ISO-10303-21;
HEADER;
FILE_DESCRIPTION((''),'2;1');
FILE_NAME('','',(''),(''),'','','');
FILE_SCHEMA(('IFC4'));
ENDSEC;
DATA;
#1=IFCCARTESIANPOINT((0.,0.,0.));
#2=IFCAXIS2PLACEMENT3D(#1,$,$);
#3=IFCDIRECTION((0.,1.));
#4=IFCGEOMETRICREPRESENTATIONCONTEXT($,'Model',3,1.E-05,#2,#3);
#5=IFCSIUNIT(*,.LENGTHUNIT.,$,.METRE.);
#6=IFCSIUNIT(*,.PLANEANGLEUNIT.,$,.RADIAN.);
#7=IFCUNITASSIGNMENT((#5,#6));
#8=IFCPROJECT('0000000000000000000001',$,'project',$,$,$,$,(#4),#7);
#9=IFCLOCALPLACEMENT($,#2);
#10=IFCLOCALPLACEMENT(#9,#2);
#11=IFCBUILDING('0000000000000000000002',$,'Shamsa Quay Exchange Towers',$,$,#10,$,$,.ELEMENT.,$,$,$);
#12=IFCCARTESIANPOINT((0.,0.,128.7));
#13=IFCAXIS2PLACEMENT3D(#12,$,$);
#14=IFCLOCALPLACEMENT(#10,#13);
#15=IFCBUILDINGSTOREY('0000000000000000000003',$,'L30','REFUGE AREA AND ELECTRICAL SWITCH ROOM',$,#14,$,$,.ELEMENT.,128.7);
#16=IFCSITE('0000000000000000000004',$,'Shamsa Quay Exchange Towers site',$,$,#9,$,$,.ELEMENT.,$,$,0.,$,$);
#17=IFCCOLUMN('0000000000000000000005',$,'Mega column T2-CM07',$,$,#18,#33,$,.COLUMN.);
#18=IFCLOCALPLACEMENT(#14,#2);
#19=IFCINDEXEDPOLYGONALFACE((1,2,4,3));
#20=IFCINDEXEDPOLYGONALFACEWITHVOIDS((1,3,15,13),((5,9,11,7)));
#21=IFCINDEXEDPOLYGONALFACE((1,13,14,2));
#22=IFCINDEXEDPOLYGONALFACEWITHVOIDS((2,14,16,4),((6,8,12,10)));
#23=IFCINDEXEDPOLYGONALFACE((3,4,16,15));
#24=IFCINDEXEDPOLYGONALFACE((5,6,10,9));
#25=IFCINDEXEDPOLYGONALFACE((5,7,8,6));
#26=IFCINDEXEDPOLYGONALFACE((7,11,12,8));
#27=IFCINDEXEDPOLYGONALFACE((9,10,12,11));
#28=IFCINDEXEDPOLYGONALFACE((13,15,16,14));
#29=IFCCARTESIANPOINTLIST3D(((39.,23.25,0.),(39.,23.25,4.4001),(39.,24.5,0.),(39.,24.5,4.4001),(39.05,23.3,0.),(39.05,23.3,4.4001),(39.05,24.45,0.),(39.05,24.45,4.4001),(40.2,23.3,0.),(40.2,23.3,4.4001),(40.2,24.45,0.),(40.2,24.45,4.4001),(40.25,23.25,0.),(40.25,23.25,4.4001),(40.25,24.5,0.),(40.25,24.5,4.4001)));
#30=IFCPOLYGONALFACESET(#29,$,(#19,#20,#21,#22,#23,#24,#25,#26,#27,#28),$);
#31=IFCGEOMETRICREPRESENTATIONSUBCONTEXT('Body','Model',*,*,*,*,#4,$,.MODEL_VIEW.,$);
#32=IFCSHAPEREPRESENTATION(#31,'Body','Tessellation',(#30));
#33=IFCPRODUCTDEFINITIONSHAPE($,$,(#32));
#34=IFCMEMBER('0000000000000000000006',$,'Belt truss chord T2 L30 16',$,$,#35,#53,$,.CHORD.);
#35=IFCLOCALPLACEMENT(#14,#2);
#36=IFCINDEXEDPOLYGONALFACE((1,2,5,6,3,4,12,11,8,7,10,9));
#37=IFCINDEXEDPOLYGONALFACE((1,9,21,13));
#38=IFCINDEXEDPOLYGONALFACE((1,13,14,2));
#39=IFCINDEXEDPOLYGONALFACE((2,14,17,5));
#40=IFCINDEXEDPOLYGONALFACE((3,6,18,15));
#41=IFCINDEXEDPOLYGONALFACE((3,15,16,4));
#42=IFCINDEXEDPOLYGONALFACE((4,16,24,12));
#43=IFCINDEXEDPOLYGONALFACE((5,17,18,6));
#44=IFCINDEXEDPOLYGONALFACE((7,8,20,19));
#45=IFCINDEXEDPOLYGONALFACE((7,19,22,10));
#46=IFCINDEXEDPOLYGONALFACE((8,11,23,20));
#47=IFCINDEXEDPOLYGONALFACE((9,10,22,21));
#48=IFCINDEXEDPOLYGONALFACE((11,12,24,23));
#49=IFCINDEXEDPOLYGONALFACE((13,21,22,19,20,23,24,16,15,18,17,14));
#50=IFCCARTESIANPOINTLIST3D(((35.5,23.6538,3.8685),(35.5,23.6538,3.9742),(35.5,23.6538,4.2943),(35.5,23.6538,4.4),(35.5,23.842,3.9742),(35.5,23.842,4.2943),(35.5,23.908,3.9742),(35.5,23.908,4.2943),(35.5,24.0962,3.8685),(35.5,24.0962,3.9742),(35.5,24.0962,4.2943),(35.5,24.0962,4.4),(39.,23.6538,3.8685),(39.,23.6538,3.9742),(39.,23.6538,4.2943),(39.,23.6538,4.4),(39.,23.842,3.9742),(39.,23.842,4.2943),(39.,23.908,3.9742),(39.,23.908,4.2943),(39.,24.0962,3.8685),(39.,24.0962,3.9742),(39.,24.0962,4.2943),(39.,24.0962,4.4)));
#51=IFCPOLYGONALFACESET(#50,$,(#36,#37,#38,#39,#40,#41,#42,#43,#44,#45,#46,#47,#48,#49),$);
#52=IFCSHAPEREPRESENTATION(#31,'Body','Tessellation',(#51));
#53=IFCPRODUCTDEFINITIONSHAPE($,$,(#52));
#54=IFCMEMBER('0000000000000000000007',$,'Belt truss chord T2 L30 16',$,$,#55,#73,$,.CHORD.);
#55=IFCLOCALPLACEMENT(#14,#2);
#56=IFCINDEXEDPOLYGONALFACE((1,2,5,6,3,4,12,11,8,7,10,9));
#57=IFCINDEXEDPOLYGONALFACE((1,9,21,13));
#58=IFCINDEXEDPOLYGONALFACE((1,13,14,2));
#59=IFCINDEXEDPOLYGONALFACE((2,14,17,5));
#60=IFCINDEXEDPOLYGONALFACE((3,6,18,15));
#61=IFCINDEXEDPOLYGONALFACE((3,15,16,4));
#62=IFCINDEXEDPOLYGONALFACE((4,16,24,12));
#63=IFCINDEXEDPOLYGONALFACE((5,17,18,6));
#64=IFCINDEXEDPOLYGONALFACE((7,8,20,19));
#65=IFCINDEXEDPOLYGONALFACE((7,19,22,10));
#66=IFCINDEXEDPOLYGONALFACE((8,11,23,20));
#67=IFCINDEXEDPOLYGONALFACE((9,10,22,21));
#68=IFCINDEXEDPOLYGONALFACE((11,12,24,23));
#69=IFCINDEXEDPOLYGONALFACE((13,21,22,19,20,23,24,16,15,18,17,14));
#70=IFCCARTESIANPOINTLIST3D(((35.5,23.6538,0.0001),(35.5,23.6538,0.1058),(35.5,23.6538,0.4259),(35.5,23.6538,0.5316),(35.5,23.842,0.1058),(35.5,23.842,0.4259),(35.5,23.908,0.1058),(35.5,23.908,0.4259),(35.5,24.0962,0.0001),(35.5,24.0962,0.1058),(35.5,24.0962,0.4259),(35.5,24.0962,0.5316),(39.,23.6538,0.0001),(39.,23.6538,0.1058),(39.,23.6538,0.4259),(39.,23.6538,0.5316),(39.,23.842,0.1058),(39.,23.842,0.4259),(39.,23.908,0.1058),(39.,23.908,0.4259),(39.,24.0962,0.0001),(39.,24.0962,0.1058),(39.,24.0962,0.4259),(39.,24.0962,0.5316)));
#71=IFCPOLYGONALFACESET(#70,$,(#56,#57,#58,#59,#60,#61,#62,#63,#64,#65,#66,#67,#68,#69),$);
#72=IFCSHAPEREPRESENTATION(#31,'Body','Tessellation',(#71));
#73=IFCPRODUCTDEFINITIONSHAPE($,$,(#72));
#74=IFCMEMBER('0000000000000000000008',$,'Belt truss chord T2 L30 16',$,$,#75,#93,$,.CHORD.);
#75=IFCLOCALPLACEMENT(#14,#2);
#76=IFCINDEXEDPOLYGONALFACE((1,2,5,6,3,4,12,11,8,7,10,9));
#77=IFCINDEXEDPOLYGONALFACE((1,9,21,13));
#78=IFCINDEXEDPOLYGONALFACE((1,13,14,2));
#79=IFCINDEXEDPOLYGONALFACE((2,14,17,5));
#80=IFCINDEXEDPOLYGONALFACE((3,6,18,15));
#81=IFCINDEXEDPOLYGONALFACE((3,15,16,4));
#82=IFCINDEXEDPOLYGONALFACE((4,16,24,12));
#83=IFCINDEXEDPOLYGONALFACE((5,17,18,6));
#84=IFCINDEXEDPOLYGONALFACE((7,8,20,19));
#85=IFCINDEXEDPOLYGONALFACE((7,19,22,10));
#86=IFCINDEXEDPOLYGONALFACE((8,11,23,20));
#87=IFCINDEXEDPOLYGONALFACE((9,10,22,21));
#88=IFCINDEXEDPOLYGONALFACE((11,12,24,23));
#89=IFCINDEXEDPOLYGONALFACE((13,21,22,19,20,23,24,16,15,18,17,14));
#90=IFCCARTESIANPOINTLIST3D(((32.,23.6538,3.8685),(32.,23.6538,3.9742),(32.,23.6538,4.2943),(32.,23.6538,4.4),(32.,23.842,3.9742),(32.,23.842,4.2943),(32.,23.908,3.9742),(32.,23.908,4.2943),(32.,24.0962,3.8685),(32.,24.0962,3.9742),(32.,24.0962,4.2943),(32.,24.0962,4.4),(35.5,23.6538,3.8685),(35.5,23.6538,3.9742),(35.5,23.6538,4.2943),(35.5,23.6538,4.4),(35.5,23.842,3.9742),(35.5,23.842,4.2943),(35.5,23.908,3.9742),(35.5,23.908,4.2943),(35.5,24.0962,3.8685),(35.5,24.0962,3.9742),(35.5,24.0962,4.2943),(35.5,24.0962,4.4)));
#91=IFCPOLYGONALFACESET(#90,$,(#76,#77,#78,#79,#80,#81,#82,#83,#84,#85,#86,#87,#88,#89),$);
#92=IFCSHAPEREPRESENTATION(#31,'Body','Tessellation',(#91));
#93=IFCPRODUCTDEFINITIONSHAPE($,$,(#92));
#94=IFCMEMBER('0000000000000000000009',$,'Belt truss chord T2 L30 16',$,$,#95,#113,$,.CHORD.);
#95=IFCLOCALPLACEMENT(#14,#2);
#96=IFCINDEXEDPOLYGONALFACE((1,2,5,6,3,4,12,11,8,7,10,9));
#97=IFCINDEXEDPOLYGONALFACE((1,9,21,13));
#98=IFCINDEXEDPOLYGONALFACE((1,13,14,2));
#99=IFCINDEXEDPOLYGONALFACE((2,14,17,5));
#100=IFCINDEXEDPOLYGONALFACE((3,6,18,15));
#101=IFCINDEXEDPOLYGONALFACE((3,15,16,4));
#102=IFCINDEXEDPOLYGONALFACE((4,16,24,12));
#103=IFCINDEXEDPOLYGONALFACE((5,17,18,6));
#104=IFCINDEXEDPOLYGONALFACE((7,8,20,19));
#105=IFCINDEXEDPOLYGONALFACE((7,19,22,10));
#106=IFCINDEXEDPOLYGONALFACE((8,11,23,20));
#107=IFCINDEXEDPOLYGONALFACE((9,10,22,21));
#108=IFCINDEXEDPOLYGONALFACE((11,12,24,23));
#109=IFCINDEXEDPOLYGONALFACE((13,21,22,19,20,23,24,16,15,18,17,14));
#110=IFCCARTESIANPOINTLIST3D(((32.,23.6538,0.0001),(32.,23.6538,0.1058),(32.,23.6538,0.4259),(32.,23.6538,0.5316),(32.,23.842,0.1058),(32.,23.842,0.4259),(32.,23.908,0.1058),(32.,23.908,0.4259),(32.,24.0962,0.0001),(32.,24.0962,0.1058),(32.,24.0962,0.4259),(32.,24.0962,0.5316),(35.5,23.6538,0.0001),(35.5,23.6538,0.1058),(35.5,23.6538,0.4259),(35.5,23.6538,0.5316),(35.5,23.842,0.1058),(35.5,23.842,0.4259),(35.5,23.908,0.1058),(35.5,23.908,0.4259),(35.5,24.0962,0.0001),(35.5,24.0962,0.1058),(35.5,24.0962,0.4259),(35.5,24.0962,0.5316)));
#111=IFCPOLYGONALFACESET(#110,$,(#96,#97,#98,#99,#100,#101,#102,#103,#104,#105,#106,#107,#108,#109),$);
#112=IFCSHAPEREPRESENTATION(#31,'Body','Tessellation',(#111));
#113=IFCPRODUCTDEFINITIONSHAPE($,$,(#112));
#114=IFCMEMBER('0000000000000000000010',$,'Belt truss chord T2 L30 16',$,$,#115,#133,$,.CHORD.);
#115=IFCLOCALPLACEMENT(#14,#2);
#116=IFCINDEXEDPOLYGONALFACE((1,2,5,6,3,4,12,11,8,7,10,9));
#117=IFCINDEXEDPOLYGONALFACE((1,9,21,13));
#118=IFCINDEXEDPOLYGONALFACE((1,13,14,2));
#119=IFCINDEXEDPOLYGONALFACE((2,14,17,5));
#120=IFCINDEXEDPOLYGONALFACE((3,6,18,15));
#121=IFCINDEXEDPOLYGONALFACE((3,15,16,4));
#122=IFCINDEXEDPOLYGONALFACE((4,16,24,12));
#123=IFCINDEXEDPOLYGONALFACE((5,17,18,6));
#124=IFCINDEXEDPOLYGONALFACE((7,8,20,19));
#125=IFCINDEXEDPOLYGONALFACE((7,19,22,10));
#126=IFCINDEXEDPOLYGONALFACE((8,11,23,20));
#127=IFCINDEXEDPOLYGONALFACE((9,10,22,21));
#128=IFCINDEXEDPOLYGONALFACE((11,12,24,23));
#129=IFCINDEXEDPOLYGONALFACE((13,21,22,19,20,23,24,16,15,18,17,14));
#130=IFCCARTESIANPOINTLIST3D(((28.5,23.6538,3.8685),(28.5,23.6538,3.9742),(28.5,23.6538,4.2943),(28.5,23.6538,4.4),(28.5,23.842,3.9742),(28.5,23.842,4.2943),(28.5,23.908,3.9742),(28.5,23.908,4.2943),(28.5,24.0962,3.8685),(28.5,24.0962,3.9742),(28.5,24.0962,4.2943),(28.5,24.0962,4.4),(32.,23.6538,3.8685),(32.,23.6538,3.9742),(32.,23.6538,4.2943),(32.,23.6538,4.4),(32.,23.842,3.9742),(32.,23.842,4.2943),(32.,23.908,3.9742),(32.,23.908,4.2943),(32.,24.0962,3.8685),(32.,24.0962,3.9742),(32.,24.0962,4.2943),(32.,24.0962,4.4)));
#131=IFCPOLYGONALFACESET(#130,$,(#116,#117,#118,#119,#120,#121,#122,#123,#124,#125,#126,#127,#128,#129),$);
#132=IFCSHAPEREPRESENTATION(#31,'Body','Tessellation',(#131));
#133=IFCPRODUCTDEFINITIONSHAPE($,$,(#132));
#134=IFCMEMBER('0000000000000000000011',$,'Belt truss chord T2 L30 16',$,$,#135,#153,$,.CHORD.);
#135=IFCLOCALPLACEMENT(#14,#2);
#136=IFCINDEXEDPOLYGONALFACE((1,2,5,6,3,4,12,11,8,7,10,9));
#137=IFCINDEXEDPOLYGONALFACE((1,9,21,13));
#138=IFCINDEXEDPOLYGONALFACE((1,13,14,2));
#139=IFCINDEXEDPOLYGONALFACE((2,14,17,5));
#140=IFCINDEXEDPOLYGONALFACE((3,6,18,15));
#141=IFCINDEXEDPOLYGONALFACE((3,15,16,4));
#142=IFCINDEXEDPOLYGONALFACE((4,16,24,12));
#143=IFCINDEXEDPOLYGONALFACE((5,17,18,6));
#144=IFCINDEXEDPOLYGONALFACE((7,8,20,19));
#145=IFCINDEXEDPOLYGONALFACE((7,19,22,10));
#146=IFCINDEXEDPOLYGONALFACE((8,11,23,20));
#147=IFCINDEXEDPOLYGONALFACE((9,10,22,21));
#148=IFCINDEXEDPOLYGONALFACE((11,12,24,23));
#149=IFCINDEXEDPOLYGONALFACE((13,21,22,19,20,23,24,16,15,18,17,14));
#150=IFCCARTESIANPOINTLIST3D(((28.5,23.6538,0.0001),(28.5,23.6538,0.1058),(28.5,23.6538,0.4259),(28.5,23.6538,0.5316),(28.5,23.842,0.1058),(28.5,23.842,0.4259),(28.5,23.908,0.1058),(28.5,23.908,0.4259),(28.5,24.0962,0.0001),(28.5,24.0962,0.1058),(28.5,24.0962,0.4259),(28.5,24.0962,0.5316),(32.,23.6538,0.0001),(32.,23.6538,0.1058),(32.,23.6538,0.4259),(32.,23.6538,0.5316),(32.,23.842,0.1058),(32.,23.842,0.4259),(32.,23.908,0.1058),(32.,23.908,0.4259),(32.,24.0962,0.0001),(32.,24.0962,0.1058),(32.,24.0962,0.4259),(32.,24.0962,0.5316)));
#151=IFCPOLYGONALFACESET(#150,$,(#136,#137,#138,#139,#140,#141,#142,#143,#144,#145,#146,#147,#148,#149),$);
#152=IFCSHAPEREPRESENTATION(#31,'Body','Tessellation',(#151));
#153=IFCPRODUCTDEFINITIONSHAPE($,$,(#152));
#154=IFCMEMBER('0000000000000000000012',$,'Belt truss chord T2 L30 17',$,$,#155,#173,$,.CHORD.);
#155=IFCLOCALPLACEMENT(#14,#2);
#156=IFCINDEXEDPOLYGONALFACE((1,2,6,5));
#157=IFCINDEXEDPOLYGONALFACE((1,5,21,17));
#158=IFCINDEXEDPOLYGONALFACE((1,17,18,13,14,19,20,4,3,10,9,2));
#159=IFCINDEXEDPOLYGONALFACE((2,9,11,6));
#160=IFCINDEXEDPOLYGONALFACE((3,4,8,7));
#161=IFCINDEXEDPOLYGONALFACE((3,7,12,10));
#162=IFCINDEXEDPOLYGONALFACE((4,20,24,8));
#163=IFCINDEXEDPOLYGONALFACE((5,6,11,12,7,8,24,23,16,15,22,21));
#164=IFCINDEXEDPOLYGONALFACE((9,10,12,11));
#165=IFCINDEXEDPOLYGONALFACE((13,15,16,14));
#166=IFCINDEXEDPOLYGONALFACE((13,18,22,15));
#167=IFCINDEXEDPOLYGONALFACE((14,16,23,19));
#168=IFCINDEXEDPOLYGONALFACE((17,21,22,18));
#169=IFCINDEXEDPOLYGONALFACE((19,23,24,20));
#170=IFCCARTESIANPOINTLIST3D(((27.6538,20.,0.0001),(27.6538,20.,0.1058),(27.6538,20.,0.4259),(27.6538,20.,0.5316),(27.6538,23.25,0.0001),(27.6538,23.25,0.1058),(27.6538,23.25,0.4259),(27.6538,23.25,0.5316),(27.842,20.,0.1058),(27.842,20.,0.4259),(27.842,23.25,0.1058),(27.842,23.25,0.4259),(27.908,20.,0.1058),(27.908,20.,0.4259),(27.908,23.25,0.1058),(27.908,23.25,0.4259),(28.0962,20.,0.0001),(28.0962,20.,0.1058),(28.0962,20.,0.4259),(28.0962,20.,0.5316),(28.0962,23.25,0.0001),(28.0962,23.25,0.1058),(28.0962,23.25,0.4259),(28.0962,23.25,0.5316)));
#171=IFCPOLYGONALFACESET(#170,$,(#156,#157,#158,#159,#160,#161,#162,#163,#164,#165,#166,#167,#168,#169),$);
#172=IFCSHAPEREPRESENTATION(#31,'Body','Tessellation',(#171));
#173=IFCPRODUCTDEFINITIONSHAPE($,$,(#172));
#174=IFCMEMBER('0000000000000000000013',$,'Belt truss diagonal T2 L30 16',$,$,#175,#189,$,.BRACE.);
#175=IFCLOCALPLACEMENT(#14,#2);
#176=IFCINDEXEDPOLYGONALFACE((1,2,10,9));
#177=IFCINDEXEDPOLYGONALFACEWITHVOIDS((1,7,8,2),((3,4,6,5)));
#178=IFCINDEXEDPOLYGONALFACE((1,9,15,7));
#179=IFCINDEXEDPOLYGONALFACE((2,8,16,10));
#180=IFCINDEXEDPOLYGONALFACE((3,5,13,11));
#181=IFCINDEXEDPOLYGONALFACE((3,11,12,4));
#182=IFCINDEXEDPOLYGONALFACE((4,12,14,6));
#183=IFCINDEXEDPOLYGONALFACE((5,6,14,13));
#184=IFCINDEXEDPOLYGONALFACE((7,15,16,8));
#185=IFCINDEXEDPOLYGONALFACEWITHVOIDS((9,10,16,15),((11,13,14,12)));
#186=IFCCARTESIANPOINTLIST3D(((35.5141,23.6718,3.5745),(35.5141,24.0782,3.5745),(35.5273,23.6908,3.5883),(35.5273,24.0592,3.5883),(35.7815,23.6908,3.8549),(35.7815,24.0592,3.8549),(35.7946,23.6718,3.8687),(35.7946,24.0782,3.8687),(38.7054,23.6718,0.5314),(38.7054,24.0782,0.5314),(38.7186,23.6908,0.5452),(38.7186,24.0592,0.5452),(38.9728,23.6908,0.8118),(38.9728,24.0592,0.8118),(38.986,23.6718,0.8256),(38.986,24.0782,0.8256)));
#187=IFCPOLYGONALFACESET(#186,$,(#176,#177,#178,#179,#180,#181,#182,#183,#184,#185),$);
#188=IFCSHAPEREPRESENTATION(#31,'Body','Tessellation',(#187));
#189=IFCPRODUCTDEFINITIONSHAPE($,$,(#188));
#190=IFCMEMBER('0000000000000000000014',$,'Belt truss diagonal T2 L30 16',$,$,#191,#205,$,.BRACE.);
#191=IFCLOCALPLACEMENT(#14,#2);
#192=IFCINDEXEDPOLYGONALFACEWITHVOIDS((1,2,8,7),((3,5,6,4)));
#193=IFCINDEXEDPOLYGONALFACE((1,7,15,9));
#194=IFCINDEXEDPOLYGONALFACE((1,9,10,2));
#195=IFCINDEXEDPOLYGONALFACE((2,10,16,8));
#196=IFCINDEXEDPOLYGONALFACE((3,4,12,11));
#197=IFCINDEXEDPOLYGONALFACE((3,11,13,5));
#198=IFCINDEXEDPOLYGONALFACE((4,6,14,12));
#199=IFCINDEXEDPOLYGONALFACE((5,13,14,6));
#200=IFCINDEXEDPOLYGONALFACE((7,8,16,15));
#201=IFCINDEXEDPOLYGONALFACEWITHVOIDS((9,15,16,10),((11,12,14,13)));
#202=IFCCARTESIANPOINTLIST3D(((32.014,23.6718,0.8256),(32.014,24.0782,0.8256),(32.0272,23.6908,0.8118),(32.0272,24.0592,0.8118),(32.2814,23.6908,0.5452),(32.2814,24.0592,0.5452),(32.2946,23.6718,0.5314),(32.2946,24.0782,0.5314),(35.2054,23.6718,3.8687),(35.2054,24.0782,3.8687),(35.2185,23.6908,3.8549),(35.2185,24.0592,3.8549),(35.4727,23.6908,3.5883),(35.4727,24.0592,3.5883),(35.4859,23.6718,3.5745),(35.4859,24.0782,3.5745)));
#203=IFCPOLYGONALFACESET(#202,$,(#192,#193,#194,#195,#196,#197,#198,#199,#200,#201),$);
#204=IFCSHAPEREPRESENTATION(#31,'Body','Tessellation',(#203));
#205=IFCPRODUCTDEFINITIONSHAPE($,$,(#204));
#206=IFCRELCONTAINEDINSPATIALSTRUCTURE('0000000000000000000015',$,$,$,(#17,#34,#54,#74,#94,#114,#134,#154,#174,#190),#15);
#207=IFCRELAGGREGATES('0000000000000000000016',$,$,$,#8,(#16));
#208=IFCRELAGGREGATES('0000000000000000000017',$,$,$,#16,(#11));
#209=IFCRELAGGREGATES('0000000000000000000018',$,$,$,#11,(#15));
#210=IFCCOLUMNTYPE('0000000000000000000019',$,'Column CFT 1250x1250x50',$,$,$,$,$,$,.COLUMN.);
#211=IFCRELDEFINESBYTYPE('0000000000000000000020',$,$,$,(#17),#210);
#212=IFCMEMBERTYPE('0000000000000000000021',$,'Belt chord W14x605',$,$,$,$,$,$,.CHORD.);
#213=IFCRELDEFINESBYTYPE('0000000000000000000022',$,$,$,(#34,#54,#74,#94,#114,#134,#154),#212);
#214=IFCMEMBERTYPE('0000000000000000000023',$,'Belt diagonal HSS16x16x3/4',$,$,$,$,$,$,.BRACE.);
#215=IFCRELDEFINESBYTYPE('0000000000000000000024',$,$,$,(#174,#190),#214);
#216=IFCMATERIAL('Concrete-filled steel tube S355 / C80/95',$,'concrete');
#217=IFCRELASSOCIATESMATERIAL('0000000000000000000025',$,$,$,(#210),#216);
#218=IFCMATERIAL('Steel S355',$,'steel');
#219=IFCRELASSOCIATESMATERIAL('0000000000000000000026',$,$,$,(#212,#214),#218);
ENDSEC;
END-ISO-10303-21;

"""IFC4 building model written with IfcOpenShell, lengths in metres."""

from ifc_helpers import new_model, si_unit, direction, frame, origin, origin_2d, place, context, subcontext, project, spatial, hollow_rectangle, i_section, extrude, material, material_profile, profile_set, type_object, element, save


model = new_model("IFC4")

# Units and contexts
model_context = context("Model", 3, precision=1e-05, world=origin(), true_north=direction((0.0, 1.0)))
body_context = subcontext(model_context, "Body", "Model", "MODEL_VIEW")
ifc_project = project(units=[si_unit("LENGTHUNIT", "METRE"), si_unit("PLANEANGLEUNIT", "RADIAN")], contexts=[model_context])

# Site, building, storey
site_placement = place(None, origin())
site = spatial("IfcSite", under=ifc_project, at=site_placement, Name="Shamsa Quay Exchange Towers site", CompositionType="ELEMENT", RefElevation=0.0)
building_placement = place(site_placement, origin())
building = spatial("IfcBuilding", under=site, at=building_placement, Name="Shamsa Quay Exchange Towers", CompositionType="ELEMENT")
storey_placement = place(building_placement, frame((0.0, 0.0, 128.7)))
storey = spatial("IfcBuildingStorey", under=building, at=storey_placement, Name="L30", Description="REFUGE AREA AND ELECTRICAL SWITCH ROOM", CompositionType="ELEMENT", Elevation=128.7)

# Column
ifc_material_1 = material(Name="Concrete-filled steel tube S355 / C80/95", Category="concrete")
ifc_material_profile_1 = material_profile(ifc_material_1, hollow_rectangle(XDim=1.25, YDim=1.25, WallThickness=0.05, at=origin_2d()), Name="CFT 1250x1250x50")
ifc_profile_set_1 = profile_set([ifc_material_profile_1], Name="Concrete-filled steel tube S355 / C80/95")
column_type = type_object("IfcColumnType", Name="Column CFT 1250x1250x50", PredefinedType="COLUMN", material=ifc_profile_set_1)
column_placement = place(storey_placement, frame((39.625, 23.875, 0.0)))
element("IfcColumn", 1, at=column_placement, inside=storey, type_object=column_type, Name="Mega column T2-CM07", PredefinedType="COLUMN", context=body_context, shape_type="SweptSolid", body=[
    extrude(hollow_rectangle(XDim=1.25, YDim=1.25, WallThickness=0.05, at=origin_2d()), origin(), (0.0, 0.0, 1.0), 4.4001),
])

# Members
ifc_material_2 = material(Name="Steel S355", Category="steel")
ifc_material_profile_2 = material_profile(ifc_material_2, i_section(OverallWidth=0.4424, OverallDepth=0.5315, WebThickness=0.0659, FlangeThickness=0.1057, at=origin_2d()), Name="W14x605")
ifc_profile_set_2 = profile_set([ifc_material_profile_2], Name="Steel S355")
member_type_1 = type_object("IfcMemberType", Name="Belt chord W14x605", PredefinedType="CHORD", material=ifc_profile_set_2)
for number, where, z_axis, x_axis, name in (
    (2, (39.0, 23.875, 4.1343), (-1.0, 0.0, 0.0), (0.0, -1.0, 0.0), "Belt truss chord T2 L30 16"),
    (3, (39.0, 23.875, 0.2659), (-1.0, 0.0, 0.0), (0.0, -1.0, 0.0), "Belt truss chord T2 L30 16"),
    (4, (35.5, 23.875, 4.1343), (-1.0, 0.0, 0.0), (0.0, -1.0, 0.0), "Belt truss chord T2 L30 16"),
    (5, (35.5, 23.875, 0.2659), (-1.0, 0.0, 0.0), (0.0, -1.0, 0.0), "Belt truss chord T2 L30 16"),
    (6, (32.0, 23.875, 4.1343), (-1.0, 0.0, 0.0), (0.0, -1.0, 0.0), "Belt truss chord T2 L30 16"),
    (7, (32.0, 23.875, 0.2659), (-1.0, 0.0, 0.0), (0.0, -1.0, 0.0), "Belt truss chord T2 L30 16"),
):
    element("IfcMember", number, at=place(storey_placement, frame(where, z_axis=z_axis, x_axis=x_axis)), inside=storey, type_object=member_type_1, Name=name, PredefinedType="CHORD", context=body_context, shape_type="SweptSolid", body=[
        extrude(i_section(OverallWidth=0.4424, OverallDepth=0.5315, WebThickness=0.0659, FlangeThickness=0.1057, at=origin_2d()), origin(), (0.0, 0.0, 1.0), 3.5),
    ])
member_1_placement = place(storey_placement, frame((27.875, 23.25, 0.2659), z_axis=(0.0, -1.0, 0.0), x_axis=(1.0, 0.0, 0.0)))
element("IfcMember", 8, at=member_1_placement, inside=storey, type_object=member_type_1, Name="Belt truss chord T2 L30 17", PredefinedType="CHORD", context=body_context, shape_type="SweptSolid", body=[
    extrude(i_section(OverallWidth=0.4424, OverallDepth=0.5315, WebThickness=0.0659, FlangeThickness=0.1057, at=origin_2d()), origin(), (0.0, 0.0, 1.0), 3.25),
])
ifc_material_profile_3 = material_profile(ifc_material_2, hollow_rectangle(XDim=0.4065, YDim=0.4065, WallThickness=0.019, at=origin_2d()), Name="HSS16x16x3/4")
ifc_profile_set_3 = profile_set([ifc_material_profile_3], Name="Steel S355")
member_type_2 = type_object("IfcMemberType", Name="Belt diagonal HSS16x16x3/4", PredefinedType="BRACE", material=ifc_profile_set_3)
for number, where, z_axis, x_axis, name in (
    (9, (38.8457, 23.875, 0.6785), (-0.72371, 0.0, 0.690104), (0.0, -1.0, 0.0), "Belt truss diagonal T2 L30 16"),
    (10, (32.1543, 23.875, 0.6785), (0.72371, 0.0, 0.690104), (0.0, 1.0, 0.0), "Belt truss diagonal T2 L30 16"),
):
    element("IfcMember", number, at=place(storey_placement, frame(where, z_axis=z_axis, x_axis=x_axis)), inside=storey, type_object=member_type_2, Name=name, PredefinedType="BRACE", context=body_context, shape_type="SweptSolid", body=[
        extrude(hollow_rectangle(XDim=0.4065, YDim=0.4065, WallThickness=0.019, at=origin_2d()), origin(), (0.0, 0.0, 1.0), 4.4097),
    ])

save(model, "model.ifc")
